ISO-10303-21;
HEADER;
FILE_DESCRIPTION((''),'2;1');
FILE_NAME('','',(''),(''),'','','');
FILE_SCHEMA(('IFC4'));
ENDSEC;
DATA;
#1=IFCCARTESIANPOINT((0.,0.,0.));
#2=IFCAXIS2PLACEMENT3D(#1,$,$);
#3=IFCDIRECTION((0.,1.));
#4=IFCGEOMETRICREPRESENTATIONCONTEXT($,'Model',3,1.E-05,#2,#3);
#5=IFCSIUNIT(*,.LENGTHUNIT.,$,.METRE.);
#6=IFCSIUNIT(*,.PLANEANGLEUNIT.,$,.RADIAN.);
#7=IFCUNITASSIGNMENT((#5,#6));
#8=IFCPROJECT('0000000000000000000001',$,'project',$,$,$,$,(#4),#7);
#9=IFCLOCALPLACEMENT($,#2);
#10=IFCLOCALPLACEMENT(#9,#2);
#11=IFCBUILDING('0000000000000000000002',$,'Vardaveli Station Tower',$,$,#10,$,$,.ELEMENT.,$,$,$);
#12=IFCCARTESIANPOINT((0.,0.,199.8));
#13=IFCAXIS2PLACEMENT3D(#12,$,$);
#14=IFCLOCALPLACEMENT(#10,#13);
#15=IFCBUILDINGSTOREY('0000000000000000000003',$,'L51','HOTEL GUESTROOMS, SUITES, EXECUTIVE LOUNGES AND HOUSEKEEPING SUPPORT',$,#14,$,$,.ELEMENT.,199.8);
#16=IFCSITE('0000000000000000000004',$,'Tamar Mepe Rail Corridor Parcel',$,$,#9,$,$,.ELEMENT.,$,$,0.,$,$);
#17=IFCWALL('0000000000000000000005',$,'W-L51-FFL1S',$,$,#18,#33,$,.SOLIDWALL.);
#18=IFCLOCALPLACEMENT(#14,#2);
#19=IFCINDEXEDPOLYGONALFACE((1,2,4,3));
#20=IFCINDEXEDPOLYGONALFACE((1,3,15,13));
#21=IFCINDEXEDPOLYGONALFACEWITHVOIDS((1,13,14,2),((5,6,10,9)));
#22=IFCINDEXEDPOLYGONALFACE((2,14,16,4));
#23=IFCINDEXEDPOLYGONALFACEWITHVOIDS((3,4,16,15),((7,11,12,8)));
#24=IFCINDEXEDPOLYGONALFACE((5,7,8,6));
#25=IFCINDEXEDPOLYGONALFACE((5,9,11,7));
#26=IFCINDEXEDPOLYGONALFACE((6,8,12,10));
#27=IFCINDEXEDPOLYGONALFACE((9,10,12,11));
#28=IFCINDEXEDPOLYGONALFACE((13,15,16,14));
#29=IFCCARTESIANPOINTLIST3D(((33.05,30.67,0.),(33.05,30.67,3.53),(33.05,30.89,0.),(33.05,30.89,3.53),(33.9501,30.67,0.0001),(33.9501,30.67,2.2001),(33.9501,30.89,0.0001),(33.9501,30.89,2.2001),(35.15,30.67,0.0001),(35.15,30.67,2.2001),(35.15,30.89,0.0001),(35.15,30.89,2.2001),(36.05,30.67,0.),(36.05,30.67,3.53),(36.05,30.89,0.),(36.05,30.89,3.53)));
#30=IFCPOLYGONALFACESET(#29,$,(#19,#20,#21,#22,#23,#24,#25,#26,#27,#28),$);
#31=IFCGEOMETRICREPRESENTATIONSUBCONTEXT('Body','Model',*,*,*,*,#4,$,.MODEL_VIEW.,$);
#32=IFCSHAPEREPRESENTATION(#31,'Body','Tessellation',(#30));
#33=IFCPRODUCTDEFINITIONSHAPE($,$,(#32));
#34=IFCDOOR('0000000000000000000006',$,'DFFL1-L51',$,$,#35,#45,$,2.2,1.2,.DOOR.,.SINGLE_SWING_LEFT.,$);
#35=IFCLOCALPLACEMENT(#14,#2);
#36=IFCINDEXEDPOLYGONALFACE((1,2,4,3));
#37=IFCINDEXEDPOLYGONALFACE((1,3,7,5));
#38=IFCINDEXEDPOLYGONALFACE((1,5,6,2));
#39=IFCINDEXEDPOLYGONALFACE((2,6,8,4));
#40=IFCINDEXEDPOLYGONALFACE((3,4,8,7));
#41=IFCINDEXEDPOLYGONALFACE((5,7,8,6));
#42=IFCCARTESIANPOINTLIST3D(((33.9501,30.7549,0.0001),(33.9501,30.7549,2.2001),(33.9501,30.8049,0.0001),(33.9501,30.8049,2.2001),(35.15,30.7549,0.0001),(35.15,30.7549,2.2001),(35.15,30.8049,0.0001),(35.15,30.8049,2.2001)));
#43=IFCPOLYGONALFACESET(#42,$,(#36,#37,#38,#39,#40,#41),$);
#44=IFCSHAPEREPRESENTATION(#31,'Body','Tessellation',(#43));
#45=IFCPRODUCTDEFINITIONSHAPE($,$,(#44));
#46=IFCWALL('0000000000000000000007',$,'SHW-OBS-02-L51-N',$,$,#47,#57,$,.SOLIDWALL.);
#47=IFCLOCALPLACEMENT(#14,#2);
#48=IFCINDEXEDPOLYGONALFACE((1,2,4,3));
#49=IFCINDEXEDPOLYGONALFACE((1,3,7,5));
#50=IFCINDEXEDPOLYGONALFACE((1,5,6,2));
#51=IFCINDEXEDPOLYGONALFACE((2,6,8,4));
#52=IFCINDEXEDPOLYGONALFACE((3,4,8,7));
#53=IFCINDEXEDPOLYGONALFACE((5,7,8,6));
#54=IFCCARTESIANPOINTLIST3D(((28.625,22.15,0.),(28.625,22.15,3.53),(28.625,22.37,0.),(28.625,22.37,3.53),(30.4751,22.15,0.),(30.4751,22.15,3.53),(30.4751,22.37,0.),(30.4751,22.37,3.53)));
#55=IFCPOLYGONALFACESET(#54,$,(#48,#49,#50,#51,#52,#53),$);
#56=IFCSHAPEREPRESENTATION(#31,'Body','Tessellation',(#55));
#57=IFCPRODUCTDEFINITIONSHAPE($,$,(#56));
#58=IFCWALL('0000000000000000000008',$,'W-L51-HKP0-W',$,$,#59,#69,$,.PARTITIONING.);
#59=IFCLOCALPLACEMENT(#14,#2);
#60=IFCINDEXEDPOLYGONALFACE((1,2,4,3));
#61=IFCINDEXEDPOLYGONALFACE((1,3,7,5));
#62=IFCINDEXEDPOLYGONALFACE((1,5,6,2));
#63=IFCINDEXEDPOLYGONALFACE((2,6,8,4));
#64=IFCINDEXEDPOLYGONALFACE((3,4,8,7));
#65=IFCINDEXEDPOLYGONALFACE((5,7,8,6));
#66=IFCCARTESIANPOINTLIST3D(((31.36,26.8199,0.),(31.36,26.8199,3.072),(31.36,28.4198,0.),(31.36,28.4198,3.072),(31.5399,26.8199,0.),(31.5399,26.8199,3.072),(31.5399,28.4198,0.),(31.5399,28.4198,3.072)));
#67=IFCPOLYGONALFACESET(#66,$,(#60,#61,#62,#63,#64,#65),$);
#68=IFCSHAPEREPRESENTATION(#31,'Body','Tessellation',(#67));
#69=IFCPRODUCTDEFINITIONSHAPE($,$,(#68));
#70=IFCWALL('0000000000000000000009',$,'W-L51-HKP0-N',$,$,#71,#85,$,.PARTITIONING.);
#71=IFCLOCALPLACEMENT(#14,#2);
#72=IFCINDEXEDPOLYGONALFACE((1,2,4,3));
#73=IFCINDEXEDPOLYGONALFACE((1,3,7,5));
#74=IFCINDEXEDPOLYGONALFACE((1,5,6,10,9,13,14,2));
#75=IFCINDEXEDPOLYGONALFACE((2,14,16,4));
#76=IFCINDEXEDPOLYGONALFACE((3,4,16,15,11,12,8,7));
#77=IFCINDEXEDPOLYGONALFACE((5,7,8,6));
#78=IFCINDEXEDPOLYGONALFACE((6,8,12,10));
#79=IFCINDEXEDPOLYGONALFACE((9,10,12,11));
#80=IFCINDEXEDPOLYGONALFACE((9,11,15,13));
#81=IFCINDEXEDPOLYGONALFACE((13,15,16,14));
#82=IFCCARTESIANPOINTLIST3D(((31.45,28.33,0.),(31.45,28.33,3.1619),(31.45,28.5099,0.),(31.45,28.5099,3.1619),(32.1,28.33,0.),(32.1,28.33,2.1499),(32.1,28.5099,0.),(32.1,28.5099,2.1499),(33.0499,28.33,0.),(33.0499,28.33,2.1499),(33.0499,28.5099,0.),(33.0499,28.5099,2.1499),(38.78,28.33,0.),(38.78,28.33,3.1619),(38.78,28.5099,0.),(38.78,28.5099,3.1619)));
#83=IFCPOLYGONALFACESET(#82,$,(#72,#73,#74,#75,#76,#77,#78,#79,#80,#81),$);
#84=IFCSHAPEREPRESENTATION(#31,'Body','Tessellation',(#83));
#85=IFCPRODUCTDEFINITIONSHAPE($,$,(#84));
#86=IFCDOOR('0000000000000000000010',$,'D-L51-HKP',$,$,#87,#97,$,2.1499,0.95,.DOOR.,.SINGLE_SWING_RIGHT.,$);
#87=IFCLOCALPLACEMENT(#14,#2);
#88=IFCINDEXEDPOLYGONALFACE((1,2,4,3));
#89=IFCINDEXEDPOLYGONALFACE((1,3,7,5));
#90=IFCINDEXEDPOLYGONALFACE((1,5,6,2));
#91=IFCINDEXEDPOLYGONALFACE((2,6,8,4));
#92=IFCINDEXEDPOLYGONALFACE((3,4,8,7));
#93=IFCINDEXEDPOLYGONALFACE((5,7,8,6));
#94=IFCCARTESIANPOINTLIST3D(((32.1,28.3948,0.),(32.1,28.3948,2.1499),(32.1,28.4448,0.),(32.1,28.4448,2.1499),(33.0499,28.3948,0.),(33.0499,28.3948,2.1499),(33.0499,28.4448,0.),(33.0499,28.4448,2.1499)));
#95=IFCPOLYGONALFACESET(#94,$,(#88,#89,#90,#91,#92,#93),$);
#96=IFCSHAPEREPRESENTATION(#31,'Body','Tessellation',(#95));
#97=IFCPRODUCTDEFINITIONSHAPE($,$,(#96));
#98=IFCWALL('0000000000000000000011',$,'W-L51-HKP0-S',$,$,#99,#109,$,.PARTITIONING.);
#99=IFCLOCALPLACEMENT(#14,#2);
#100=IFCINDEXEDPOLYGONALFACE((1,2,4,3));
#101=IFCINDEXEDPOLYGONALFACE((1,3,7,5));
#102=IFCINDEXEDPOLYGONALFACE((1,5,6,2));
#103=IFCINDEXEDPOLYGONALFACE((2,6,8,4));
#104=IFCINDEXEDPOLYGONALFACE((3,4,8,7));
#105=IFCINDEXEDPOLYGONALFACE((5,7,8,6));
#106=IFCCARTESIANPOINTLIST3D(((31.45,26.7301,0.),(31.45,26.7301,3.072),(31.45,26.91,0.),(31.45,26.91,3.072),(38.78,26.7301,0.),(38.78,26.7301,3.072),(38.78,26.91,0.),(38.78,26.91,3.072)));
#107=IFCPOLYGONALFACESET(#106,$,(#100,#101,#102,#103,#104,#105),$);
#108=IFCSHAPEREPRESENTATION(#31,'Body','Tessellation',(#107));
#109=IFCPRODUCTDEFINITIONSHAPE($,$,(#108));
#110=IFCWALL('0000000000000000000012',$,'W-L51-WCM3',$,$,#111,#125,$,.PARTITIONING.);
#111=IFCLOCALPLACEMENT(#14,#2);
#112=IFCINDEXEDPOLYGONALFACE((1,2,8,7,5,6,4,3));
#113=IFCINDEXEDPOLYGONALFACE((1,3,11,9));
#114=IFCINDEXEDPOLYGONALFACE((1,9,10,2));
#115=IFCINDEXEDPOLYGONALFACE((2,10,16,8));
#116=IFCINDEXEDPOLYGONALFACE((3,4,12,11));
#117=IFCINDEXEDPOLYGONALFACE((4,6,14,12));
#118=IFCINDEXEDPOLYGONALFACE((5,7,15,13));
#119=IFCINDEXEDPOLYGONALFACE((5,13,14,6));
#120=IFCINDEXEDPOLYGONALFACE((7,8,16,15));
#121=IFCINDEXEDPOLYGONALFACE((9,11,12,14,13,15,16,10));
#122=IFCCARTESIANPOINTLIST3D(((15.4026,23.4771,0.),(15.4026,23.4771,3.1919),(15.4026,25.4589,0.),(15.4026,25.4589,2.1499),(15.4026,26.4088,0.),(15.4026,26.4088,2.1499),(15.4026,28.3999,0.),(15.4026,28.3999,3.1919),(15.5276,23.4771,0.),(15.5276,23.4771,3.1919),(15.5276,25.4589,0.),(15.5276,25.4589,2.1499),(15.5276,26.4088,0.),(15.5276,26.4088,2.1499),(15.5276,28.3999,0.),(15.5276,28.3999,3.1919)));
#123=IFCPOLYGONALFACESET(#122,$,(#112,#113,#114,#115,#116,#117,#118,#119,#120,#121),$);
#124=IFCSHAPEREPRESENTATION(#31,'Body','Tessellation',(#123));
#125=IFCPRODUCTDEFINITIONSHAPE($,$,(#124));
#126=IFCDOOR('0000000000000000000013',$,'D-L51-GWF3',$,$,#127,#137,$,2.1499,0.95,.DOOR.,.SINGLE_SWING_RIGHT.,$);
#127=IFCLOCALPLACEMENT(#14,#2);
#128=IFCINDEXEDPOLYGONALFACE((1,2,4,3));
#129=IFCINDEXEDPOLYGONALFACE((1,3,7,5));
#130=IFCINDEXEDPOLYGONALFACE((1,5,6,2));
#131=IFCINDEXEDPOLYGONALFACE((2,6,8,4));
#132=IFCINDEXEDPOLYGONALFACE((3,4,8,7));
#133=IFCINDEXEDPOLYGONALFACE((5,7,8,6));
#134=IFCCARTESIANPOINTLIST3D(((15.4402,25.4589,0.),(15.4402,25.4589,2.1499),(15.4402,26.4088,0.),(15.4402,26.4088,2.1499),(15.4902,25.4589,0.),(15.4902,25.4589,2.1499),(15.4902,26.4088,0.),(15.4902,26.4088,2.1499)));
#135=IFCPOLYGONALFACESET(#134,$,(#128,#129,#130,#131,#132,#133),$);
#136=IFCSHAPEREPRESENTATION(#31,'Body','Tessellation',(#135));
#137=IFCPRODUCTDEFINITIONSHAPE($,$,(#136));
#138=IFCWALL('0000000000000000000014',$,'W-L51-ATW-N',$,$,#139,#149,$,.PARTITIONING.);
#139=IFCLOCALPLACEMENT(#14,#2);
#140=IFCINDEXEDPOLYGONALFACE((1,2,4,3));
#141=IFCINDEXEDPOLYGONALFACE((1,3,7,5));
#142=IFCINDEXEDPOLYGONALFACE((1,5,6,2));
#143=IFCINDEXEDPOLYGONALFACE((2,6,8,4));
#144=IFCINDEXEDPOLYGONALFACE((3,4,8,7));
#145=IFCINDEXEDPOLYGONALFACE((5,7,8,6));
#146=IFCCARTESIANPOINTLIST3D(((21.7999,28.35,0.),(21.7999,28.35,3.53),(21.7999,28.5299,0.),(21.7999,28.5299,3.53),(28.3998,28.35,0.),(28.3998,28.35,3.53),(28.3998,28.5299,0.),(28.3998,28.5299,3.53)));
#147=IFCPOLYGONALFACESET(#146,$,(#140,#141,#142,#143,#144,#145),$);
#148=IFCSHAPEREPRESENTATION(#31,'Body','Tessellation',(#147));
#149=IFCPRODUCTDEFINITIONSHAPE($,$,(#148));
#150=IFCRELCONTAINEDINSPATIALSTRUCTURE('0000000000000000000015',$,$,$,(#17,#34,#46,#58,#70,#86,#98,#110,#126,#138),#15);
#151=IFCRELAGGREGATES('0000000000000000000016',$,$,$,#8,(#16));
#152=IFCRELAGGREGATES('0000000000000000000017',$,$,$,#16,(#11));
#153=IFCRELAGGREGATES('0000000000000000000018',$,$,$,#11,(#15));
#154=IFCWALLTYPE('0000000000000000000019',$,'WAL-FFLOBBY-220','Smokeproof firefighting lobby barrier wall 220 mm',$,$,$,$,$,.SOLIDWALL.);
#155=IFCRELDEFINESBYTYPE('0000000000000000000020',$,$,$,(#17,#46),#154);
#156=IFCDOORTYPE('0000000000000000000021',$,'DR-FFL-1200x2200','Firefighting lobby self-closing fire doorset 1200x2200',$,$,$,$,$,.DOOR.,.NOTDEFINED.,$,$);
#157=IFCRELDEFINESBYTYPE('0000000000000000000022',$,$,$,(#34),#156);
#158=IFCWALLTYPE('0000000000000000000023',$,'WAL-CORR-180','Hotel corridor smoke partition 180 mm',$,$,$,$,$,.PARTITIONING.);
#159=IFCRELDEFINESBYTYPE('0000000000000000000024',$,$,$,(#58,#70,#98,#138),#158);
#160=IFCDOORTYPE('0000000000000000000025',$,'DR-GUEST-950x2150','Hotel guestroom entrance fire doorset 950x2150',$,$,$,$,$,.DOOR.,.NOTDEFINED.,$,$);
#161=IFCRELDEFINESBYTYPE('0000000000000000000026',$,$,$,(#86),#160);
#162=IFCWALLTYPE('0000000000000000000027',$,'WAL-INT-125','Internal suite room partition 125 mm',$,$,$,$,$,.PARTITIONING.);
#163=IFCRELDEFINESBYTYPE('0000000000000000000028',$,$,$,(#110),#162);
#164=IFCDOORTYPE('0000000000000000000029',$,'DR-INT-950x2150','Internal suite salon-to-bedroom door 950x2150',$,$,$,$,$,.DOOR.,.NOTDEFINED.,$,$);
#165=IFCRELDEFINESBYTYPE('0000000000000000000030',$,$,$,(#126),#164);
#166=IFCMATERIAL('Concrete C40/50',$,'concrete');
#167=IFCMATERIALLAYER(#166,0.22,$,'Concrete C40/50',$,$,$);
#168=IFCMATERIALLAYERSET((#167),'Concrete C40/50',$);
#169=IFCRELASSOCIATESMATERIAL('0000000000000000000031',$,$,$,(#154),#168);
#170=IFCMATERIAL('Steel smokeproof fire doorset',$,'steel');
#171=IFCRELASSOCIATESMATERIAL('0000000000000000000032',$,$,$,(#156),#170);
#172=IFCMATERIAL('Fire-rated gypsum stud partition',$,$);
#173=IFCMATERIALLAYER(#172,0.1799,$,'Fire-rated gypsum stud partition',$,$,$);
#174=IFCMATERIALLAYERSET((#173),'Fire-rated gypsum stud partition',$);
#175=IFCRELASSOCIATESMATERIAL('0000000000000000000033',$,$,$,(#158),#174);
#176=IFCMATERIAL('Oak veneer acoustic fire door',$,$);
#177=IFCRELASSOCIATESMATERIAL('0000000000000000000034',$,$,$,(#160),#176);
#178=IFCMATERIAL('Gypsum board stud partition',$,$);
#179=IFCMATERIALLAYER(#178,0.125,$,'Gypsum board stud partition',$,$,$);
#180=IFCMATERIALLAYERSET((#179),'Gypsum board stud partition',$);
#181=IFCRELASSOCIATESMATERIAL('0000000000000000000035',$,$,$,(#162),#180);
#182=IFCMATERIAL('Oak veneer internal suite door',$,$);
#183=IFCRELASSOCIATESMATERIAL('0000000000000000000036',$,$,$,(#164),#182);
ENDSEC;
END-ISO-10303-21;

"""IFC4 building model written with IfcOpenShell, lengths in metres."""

from ifc_helpers import new_model, si_unit, direction, frame, frame_2d, origin, place, context, subcontext, project, spatial, rectangle, extrude, source, transform, mapped, material, layer, layer_set, type_object, element, fill, save


model = new_model("IFC4")

# Units and contexts
model_context = context("Model", 3, precision=1e-05, world=origin(), true_north=direction((0.0, 1.0)))
body_context = subcontext(model_context, "Body", "Model", "MODEL_VIEW")
ifc_project = project(units=[si_unit("LENGTHUNIT", "METRE"), si_unit("PLANEANGLEUNIT", "RADIAN")], contexts=[model_context])

# Site, building, storey
site_placement = place(None, origin())
site = spatial("IfcSite", under=ifc_project, at=site_placement, Name="Tamar Mepe Rail Corridor Parcel", CompositionType="ELEMENT", RefElevation=0.0)
building_placement = place(site_placement, origin())
building = spatial("IfcBuilding", under=site, at=building_placement, Name="Vardaveli Station Tower", CompositionType="ELEMENT")
storey_placement = place(building_placement, frame((0.0, 0.0, 199.8)))
storey = spatial("IfcBuildingStorey", under=building, at=storey_placement, Name="L51", Description="HOTEL GUESTROOMS, SUITES, EXECUTIVE LOUNGES AND HOUSEKEEPING SUPPORT", CompositionType="ELEMENT", Elevation=199.8)

# Shared definitions
ifc_material_1 = material(Name="Concrete C40/50", Category="concrete")

# Wall, opening, door
ifc_material_2 = material(Name="Steel smokeproof fire doorset", Category="steel")
ifc_layer_1 = layer(ifc_material_1, 0.22, Name="Concrete C40/50")
ifc_layer_set_1 = layer_set([ifc_layer_1], Name="Concrete C40/50")
wall_type_1 = type_object("IfcWallType", Name="WAL-FFLOBBY-220", Description="Smokeproof firefighting lobby barrier wall 220 mm", PredefinedType="SOLIDWALL", material=ifc_layer_set_1)
shared_shape_1 = source(origin(), body_context, "Body", "SweptSolid", [
    extrude(rectangle(XDim=3.0, YDim=0.22, at=frame_2d((1.5, 0.0))), origin(), (0.0, 0.0, 1.0), 3.53),
])
wall_1_placement = place(storey_placement, frame((33.05, 30.78, 0.0), z_axis=(0.0, 0.0, 1.0), x_axis=(1.0, 0.0, 0.0)))
wall_1 = element("IfcWall", 1, at=wall_1_placement, inside=storey, type_object=wall_type_1, Name="W-L51-FFL1S", PredefinedType="SOLIDWALL", context=body_context, shape_type="MappedRepresentation", body=[
    mapped(shared_shape_1, transform((0.0, 0.0, 0.0), scale=1.0)),
])
shared_shape_2 = source(origin(), body_context, "Body", "SweptSolid", [
    extrude(rectangle(XDim=1.2, YDim=2.2, at=frame_2d((0.6001, 1.1001))), frame((0.0, 0.1201, 0.0), z_axis=(0.0, -1.0, 0.0), x_axis=(1.0, 0.0, 0.0)), (0.0, 0.0, 1.0), 0.24),
])
opening_1_placement = place(wall_1_placement, frame((0.8999, 0.0, 0.0)))
opening_1 = element("IfcOpeningElement", 2, at=opening_1_placement, cuts=wall_1, PredefinedType="OPENING", context=body_context, shape_type="MappedRepresentation", body=[
    mapped(shared_shape_2, transform((0.0, 0.0, 0.0), scale=1.0)),
])
door_type_1 = type_object("IfcDoorType", Name="DR-FFL-1200x2200", Description="Firefighting lobby self-closing fire doorset 1200x2200", OperationType="NOTDEFINED", PredefinedType="DOOR", material=ifc_material_2)
shared_shape_3 = source(origin(), body_context, "Body", "SweptSolid", [
    extrude(rectangle(XDim=1.2, YDim=2.2, at=frame_2d((0.6001, 1.1001))), frame((0.0, 0.0249, 0.0), z_axis=(0.0, -1.0, 0.0), x_axis=(1.0, 0.0, 0.0)), (0.0, 0.0, 1.0), 0.05),
])
door_1_placement = place(opening_1_placement, origin())
door_1 = element("IfcDoor", 3, at=door_1_placement, inside=storey, type_object=door_type_1, Name="DFFL1-L51", OperationType="SINGLE_SWING_LEFT", OverallHeight=2.2, OverallWidth=1.2, PredefinedType="DOOR", context=body_context, shape_type="MappedRepresentation", body=[
    mapped(shared_shape_3, transform((0.0, 0.0, 0.0), scale=1.0)),
])
fill(opening_1, door_1)

# Walls
shared_shape_4 = source(origin(), body_context, "Body", "SweptSolid", [
    extrude(rectangle(XDim=1.8501, YDim=0.22, at=frame_2d((0.925, 0.0))), origin(), (0.0, 0.0, 1.0), 3.53),
])
wall_2_placement = place(storey_placement, frame((28.625, 22.26, 0.0), z_axis=(0.0, 0.0, 1.0), x_axis=(1.0, 0.0, 0.0)))
element("IfcWall", 4, at=wall_2_placement, inside=storey, type_object=wall_type_1, Name="SHW-OBS-02-L51-N", PredefinedType="SOLIDWALL", context=body_context, shape_type="MappedRepresentation", body=[
    mapped(shared_shape_4, transform((0.0, 0.0, 0.0), scale=1.0)),
])
ifc_material_3 = material(Name="Fire-rated gypsum stud partition")
ifc_layer_2 = layer(ifc_material_3, 0.1799, Name="Fire-rated gypsum stud partition")
ifc_layer_set_2 = layer_set([ifc_layer_2], Name="Fire-rated gypsum stud partition")
wall_type_2 = type_object("IfcWallType", Name="WAL-CORR-180", Description="Hotel corridor smoke partition 180 mm", PredefinedType="PARTITIONING", material=ifc_layer_set_2)
shared_shape_5 = source(origin(), body_context, "Body", "SweptSolid", [
    extrude(rectangle(XDim=1.5999, YDim=0.1799, at=frame_2d((0.7998, 0.0))), origin(), (0.0, 0.0, 1.0), 3.072),
])
wall_3_placement = place(storey_placement, frame((31.45, 26.8201, 0.0), z_axis=(0.0, 0.0, 1.0), x_axis=(0.0, 1.0, 0.0)))
element("IfcWall", 5, at=wall_3_placement, inside=storey, type_object=wall_type_2, Name="W-L51-HKP0-W", PredefinedType="PARTITIONING", context=body_context, shape_type="MappedRepresentation", body=[
    mapped(shared_shape_5, transform((0.0, 0.0, 0.0), scale=1.0)),
])

# Wall, opening, door
shared_shape_6 = source(origin(), body_context, "Body", "SweptSolid", [
    extrude(rectangle(XDim=7.3301, YDim=0.1799, at=frame_2d((3.665, 0.0))), origin(), (0.0, 0.0, 1.0), 3.1619),
])
wall_4_placement = place(storey_placement, frame((31.45, 28.4199, 0.0), z_axis=(0.0, 0.0, 1.0), x_axis=(1.0, 0.0, 0.0)))
wall_4 = element("IfcWall", 6, at=wall_4_placement, inside=storey, type_object=wall_type_2, Name="W-L51-HKP0-N", PredefinedType="PARTITIONING", context=body_context, shape_type="MappedRepresentation", body=[
    mapped(shared_shape_6, transform((0.0, 0.0, 0.0), scale=1.0)),
])
shared_shape_7 = source(origin(), body_context, "Body", "SweptSolid", [
    extrude(rectangle(XDim=0.95, YDim=2.1499, at=frame_2d((0.4751, 1.075))), frame((0.0, 0.1001, 0.0), z_axis=(0.0, -1.0, 0.0), x_axis=(1.0, 0.0, 0.0)), (0.0, 0.0, 1.0), 0.2),
])
opening_2_placement = place(wall_4_placement, frame((0.6499, 0.0, 0.0)))
opening_2 = element("IfcOpeningElement", 7, at=opening_2_placement, cuts=wall_4, PredefinedType="OPENING", context=body_context, shape_type="MappedRepresentation", body=[
    mapped(shared_shape_7, transform((0.0, 0.0, 0.0), scale=1.0)),
])
ifc_material_4 = material(Name="Oak veneer acoustic fire door")
door_type_2 = type_object("IfcDoorType", Name="DR-GUEST-950x2150", Description="Hotel guestroom entrance fire doorset 950x2150", OperationType="NOTDEFINED", PredefinedType="DOOR", material=ifc_material_4)
shared_shape_8 = source(origin(), body_context, "Body", "SweptSolid", [
    extrude(rectangle(XDim=0.95, YDim=2.1499, at=frame_2d((0.4751, 1.075))), frame((0.0, 0.0249, 0.0), z_axis=(0.0, -1.0, 0.0), x_axis=(1.0, 0.0, 0.0)), (0.0, 0.0, 1.0), 0.05),
])
door_2_placement = place(opening_2_placement, origin())
door_2 = element("IfcDoor", 8, at=door_2_placement, inside=storey, type_object=door_type_2, Name="D-L51-HKP", OperationType="SINGLE_SWING_RIGHT", OverallHeight=2.1499, OverallWidth=0.95, PredefinedType="DOOR", context=body_context, shape_type="MappedRepresentation", body=[
    mapped(shared_shape_8, transform((0.0, 0.0, 0.0), scale=1.0)),
])
fill(opening_2, door_2)

# Wall
shared_shape_9 = source(origin(), body_context, "Body", "SweptSolid", [
    extrude(rectangle(XDim=7.3301, YDim=0.1799, at=frame_2d((3.665, 0.0))), origin(), (0.0, 0.0, 1.0), 3.072),
])
wall_5_placement = place(storey_placement, frame((31.45, 26.8201, 0.0), z_axis=(0.0, 0.0, 1.0), x_axis=(1.0, 0.0, 0.0)))
element("IfcWall", 9, at=wall_5_placement, inside=storey, type_object=wall_type_2, Name="W-L51-HKP0-S", PredefinedType="PARTITIONING", context=body_context, shape_type="MappedRepresentation", body=[
    mapped(shared_shape_9, transform((0.0, 0.0, 0.0), scale=1.0)),
])

# Wall, opening, door
ifc_material_5 = material(Name="Gypsum board stud partition")
ifc_layer_3 = layer(ifc_material_5, 0.125, Name="Gypsum board stud partition")
ifc_layer_set_3 = layer_set([ifc_layer_3], Name="Gypsum board stud partition")
wall_type_3 = type_object("IfcWallType", Name="WAL-INT-125", Description="Internal suite room partition 125 mm", PredefinedType="PARTITIONING", material=ifc_layer_set_3)
shared_shape_10 = source(origin(), body_context, "Body", "SweptSolid", [
    extrude(rectangle(XDim=4.9229, YDim=0.125, at=frame_2d((2.4614, 0.0))), origin(), (0.0, 0.0, 1.0), 3.1919),
])
wall_6_placement = place(storey_placement, frame((15.4651, 23.4771, 0.0), z_axis=(0.0, 0.0, 1.0), x_axis=(0.0, 1.0, 0.0)))
wall_6 = element("IfcWall", 10, at=wall_6_placement, inside=storey, type_object=wall_type_3, Name="W-L51-WCM3", PredefinedType="PARTITIONING", context=body_context, shape_type="MappedRepresentation", body=[
    mapped(shared_shape_10, transform((0.0, 0.0, 0.0), scale=1.0)),
])
shared_shape_11 = source(origin(), body_context, "Body", "SweptSolid", [
    extrude(rectangle(XDim=0.95, YDim=2.1499, at=frame_2d((0.4751, 1.075))), frame((0.0, 0.0725, 0.0), z_axis=(0.0, -1.0, 0.0), x_axis=(1.0, 0.0, 0.0)), (0.0, 0.0, 1.0), 0.145),
])
opening_3_placement = place(wall_6_placement, frame((1.9817, 0.0, 0.0)))
opening_3 = element("IfcOpeningElement", 11, at=opening_3_placement, cuts=wall_6, PredefinedType="OPENING", context=body_context, shape_type="MappedRepresentation", body=[
    mapped(shared_shape_11, transform((0.0, 0.0, 0.0), scale=1.0)),
])
ifc_material_6 = material(Name="Oak veneer internal suite door")
door_type_3 = type_object("IfcDoorType", Name="DR-INT-950x2150", Description="Internal suite salon-to-bedroom door 950x2150", OperationType="NOTDEFINED", PredefinedType="DOOR", material=ifc_material_6)
door_3_placement = place(opening_3_placement, origin())
door_3 = element("IfcDoor", 12, at=door_3_placement, inside=storey, type_object=door_type_3, Name="D-L51-GWF3", OperationType="SINGLE_SWING_RIGHT", OverallHeight=2.1499, OverallWidth=0.95, PredefinedType="DOOR", context=body_context, shape_type="MappedRepresentation", body=[
    mapped(shared_shape_8, transform((0.0, 0.0, 0.0), scale=1.0)),
])
fill(opening_3, door_3)

# Wall
shared_shape_12 = source(origin(), body_context, "Body", "SweptSolid", [
    extrude(rectangle(XDim=6.5999, YDim=0.1799, at=frame_2d((3.2998, 0.0))), origin(), (0.0, 0.0, 1.0), 3.53),
])
wall_7_placement = place(storey_placement, frame((21.8, 28.4399, 0.0), z_axis=(0.0, 0.0, 1.0), x_axis=(1.0, 0.0, 0.0)))
element("IfcWall", 13, at=wall_7_placement, inside=storey, type_object=wall_type_2, Name="W-L51-ATW-N", PredefinedType="PARTITIONING", context=body_context, shape_type="MappedRepresentation", body=[
    mapped(shared_shape_12, transform((0.0, 0.0, 0.0), scale=1.0)),
])

save(model, "model.ifc")
